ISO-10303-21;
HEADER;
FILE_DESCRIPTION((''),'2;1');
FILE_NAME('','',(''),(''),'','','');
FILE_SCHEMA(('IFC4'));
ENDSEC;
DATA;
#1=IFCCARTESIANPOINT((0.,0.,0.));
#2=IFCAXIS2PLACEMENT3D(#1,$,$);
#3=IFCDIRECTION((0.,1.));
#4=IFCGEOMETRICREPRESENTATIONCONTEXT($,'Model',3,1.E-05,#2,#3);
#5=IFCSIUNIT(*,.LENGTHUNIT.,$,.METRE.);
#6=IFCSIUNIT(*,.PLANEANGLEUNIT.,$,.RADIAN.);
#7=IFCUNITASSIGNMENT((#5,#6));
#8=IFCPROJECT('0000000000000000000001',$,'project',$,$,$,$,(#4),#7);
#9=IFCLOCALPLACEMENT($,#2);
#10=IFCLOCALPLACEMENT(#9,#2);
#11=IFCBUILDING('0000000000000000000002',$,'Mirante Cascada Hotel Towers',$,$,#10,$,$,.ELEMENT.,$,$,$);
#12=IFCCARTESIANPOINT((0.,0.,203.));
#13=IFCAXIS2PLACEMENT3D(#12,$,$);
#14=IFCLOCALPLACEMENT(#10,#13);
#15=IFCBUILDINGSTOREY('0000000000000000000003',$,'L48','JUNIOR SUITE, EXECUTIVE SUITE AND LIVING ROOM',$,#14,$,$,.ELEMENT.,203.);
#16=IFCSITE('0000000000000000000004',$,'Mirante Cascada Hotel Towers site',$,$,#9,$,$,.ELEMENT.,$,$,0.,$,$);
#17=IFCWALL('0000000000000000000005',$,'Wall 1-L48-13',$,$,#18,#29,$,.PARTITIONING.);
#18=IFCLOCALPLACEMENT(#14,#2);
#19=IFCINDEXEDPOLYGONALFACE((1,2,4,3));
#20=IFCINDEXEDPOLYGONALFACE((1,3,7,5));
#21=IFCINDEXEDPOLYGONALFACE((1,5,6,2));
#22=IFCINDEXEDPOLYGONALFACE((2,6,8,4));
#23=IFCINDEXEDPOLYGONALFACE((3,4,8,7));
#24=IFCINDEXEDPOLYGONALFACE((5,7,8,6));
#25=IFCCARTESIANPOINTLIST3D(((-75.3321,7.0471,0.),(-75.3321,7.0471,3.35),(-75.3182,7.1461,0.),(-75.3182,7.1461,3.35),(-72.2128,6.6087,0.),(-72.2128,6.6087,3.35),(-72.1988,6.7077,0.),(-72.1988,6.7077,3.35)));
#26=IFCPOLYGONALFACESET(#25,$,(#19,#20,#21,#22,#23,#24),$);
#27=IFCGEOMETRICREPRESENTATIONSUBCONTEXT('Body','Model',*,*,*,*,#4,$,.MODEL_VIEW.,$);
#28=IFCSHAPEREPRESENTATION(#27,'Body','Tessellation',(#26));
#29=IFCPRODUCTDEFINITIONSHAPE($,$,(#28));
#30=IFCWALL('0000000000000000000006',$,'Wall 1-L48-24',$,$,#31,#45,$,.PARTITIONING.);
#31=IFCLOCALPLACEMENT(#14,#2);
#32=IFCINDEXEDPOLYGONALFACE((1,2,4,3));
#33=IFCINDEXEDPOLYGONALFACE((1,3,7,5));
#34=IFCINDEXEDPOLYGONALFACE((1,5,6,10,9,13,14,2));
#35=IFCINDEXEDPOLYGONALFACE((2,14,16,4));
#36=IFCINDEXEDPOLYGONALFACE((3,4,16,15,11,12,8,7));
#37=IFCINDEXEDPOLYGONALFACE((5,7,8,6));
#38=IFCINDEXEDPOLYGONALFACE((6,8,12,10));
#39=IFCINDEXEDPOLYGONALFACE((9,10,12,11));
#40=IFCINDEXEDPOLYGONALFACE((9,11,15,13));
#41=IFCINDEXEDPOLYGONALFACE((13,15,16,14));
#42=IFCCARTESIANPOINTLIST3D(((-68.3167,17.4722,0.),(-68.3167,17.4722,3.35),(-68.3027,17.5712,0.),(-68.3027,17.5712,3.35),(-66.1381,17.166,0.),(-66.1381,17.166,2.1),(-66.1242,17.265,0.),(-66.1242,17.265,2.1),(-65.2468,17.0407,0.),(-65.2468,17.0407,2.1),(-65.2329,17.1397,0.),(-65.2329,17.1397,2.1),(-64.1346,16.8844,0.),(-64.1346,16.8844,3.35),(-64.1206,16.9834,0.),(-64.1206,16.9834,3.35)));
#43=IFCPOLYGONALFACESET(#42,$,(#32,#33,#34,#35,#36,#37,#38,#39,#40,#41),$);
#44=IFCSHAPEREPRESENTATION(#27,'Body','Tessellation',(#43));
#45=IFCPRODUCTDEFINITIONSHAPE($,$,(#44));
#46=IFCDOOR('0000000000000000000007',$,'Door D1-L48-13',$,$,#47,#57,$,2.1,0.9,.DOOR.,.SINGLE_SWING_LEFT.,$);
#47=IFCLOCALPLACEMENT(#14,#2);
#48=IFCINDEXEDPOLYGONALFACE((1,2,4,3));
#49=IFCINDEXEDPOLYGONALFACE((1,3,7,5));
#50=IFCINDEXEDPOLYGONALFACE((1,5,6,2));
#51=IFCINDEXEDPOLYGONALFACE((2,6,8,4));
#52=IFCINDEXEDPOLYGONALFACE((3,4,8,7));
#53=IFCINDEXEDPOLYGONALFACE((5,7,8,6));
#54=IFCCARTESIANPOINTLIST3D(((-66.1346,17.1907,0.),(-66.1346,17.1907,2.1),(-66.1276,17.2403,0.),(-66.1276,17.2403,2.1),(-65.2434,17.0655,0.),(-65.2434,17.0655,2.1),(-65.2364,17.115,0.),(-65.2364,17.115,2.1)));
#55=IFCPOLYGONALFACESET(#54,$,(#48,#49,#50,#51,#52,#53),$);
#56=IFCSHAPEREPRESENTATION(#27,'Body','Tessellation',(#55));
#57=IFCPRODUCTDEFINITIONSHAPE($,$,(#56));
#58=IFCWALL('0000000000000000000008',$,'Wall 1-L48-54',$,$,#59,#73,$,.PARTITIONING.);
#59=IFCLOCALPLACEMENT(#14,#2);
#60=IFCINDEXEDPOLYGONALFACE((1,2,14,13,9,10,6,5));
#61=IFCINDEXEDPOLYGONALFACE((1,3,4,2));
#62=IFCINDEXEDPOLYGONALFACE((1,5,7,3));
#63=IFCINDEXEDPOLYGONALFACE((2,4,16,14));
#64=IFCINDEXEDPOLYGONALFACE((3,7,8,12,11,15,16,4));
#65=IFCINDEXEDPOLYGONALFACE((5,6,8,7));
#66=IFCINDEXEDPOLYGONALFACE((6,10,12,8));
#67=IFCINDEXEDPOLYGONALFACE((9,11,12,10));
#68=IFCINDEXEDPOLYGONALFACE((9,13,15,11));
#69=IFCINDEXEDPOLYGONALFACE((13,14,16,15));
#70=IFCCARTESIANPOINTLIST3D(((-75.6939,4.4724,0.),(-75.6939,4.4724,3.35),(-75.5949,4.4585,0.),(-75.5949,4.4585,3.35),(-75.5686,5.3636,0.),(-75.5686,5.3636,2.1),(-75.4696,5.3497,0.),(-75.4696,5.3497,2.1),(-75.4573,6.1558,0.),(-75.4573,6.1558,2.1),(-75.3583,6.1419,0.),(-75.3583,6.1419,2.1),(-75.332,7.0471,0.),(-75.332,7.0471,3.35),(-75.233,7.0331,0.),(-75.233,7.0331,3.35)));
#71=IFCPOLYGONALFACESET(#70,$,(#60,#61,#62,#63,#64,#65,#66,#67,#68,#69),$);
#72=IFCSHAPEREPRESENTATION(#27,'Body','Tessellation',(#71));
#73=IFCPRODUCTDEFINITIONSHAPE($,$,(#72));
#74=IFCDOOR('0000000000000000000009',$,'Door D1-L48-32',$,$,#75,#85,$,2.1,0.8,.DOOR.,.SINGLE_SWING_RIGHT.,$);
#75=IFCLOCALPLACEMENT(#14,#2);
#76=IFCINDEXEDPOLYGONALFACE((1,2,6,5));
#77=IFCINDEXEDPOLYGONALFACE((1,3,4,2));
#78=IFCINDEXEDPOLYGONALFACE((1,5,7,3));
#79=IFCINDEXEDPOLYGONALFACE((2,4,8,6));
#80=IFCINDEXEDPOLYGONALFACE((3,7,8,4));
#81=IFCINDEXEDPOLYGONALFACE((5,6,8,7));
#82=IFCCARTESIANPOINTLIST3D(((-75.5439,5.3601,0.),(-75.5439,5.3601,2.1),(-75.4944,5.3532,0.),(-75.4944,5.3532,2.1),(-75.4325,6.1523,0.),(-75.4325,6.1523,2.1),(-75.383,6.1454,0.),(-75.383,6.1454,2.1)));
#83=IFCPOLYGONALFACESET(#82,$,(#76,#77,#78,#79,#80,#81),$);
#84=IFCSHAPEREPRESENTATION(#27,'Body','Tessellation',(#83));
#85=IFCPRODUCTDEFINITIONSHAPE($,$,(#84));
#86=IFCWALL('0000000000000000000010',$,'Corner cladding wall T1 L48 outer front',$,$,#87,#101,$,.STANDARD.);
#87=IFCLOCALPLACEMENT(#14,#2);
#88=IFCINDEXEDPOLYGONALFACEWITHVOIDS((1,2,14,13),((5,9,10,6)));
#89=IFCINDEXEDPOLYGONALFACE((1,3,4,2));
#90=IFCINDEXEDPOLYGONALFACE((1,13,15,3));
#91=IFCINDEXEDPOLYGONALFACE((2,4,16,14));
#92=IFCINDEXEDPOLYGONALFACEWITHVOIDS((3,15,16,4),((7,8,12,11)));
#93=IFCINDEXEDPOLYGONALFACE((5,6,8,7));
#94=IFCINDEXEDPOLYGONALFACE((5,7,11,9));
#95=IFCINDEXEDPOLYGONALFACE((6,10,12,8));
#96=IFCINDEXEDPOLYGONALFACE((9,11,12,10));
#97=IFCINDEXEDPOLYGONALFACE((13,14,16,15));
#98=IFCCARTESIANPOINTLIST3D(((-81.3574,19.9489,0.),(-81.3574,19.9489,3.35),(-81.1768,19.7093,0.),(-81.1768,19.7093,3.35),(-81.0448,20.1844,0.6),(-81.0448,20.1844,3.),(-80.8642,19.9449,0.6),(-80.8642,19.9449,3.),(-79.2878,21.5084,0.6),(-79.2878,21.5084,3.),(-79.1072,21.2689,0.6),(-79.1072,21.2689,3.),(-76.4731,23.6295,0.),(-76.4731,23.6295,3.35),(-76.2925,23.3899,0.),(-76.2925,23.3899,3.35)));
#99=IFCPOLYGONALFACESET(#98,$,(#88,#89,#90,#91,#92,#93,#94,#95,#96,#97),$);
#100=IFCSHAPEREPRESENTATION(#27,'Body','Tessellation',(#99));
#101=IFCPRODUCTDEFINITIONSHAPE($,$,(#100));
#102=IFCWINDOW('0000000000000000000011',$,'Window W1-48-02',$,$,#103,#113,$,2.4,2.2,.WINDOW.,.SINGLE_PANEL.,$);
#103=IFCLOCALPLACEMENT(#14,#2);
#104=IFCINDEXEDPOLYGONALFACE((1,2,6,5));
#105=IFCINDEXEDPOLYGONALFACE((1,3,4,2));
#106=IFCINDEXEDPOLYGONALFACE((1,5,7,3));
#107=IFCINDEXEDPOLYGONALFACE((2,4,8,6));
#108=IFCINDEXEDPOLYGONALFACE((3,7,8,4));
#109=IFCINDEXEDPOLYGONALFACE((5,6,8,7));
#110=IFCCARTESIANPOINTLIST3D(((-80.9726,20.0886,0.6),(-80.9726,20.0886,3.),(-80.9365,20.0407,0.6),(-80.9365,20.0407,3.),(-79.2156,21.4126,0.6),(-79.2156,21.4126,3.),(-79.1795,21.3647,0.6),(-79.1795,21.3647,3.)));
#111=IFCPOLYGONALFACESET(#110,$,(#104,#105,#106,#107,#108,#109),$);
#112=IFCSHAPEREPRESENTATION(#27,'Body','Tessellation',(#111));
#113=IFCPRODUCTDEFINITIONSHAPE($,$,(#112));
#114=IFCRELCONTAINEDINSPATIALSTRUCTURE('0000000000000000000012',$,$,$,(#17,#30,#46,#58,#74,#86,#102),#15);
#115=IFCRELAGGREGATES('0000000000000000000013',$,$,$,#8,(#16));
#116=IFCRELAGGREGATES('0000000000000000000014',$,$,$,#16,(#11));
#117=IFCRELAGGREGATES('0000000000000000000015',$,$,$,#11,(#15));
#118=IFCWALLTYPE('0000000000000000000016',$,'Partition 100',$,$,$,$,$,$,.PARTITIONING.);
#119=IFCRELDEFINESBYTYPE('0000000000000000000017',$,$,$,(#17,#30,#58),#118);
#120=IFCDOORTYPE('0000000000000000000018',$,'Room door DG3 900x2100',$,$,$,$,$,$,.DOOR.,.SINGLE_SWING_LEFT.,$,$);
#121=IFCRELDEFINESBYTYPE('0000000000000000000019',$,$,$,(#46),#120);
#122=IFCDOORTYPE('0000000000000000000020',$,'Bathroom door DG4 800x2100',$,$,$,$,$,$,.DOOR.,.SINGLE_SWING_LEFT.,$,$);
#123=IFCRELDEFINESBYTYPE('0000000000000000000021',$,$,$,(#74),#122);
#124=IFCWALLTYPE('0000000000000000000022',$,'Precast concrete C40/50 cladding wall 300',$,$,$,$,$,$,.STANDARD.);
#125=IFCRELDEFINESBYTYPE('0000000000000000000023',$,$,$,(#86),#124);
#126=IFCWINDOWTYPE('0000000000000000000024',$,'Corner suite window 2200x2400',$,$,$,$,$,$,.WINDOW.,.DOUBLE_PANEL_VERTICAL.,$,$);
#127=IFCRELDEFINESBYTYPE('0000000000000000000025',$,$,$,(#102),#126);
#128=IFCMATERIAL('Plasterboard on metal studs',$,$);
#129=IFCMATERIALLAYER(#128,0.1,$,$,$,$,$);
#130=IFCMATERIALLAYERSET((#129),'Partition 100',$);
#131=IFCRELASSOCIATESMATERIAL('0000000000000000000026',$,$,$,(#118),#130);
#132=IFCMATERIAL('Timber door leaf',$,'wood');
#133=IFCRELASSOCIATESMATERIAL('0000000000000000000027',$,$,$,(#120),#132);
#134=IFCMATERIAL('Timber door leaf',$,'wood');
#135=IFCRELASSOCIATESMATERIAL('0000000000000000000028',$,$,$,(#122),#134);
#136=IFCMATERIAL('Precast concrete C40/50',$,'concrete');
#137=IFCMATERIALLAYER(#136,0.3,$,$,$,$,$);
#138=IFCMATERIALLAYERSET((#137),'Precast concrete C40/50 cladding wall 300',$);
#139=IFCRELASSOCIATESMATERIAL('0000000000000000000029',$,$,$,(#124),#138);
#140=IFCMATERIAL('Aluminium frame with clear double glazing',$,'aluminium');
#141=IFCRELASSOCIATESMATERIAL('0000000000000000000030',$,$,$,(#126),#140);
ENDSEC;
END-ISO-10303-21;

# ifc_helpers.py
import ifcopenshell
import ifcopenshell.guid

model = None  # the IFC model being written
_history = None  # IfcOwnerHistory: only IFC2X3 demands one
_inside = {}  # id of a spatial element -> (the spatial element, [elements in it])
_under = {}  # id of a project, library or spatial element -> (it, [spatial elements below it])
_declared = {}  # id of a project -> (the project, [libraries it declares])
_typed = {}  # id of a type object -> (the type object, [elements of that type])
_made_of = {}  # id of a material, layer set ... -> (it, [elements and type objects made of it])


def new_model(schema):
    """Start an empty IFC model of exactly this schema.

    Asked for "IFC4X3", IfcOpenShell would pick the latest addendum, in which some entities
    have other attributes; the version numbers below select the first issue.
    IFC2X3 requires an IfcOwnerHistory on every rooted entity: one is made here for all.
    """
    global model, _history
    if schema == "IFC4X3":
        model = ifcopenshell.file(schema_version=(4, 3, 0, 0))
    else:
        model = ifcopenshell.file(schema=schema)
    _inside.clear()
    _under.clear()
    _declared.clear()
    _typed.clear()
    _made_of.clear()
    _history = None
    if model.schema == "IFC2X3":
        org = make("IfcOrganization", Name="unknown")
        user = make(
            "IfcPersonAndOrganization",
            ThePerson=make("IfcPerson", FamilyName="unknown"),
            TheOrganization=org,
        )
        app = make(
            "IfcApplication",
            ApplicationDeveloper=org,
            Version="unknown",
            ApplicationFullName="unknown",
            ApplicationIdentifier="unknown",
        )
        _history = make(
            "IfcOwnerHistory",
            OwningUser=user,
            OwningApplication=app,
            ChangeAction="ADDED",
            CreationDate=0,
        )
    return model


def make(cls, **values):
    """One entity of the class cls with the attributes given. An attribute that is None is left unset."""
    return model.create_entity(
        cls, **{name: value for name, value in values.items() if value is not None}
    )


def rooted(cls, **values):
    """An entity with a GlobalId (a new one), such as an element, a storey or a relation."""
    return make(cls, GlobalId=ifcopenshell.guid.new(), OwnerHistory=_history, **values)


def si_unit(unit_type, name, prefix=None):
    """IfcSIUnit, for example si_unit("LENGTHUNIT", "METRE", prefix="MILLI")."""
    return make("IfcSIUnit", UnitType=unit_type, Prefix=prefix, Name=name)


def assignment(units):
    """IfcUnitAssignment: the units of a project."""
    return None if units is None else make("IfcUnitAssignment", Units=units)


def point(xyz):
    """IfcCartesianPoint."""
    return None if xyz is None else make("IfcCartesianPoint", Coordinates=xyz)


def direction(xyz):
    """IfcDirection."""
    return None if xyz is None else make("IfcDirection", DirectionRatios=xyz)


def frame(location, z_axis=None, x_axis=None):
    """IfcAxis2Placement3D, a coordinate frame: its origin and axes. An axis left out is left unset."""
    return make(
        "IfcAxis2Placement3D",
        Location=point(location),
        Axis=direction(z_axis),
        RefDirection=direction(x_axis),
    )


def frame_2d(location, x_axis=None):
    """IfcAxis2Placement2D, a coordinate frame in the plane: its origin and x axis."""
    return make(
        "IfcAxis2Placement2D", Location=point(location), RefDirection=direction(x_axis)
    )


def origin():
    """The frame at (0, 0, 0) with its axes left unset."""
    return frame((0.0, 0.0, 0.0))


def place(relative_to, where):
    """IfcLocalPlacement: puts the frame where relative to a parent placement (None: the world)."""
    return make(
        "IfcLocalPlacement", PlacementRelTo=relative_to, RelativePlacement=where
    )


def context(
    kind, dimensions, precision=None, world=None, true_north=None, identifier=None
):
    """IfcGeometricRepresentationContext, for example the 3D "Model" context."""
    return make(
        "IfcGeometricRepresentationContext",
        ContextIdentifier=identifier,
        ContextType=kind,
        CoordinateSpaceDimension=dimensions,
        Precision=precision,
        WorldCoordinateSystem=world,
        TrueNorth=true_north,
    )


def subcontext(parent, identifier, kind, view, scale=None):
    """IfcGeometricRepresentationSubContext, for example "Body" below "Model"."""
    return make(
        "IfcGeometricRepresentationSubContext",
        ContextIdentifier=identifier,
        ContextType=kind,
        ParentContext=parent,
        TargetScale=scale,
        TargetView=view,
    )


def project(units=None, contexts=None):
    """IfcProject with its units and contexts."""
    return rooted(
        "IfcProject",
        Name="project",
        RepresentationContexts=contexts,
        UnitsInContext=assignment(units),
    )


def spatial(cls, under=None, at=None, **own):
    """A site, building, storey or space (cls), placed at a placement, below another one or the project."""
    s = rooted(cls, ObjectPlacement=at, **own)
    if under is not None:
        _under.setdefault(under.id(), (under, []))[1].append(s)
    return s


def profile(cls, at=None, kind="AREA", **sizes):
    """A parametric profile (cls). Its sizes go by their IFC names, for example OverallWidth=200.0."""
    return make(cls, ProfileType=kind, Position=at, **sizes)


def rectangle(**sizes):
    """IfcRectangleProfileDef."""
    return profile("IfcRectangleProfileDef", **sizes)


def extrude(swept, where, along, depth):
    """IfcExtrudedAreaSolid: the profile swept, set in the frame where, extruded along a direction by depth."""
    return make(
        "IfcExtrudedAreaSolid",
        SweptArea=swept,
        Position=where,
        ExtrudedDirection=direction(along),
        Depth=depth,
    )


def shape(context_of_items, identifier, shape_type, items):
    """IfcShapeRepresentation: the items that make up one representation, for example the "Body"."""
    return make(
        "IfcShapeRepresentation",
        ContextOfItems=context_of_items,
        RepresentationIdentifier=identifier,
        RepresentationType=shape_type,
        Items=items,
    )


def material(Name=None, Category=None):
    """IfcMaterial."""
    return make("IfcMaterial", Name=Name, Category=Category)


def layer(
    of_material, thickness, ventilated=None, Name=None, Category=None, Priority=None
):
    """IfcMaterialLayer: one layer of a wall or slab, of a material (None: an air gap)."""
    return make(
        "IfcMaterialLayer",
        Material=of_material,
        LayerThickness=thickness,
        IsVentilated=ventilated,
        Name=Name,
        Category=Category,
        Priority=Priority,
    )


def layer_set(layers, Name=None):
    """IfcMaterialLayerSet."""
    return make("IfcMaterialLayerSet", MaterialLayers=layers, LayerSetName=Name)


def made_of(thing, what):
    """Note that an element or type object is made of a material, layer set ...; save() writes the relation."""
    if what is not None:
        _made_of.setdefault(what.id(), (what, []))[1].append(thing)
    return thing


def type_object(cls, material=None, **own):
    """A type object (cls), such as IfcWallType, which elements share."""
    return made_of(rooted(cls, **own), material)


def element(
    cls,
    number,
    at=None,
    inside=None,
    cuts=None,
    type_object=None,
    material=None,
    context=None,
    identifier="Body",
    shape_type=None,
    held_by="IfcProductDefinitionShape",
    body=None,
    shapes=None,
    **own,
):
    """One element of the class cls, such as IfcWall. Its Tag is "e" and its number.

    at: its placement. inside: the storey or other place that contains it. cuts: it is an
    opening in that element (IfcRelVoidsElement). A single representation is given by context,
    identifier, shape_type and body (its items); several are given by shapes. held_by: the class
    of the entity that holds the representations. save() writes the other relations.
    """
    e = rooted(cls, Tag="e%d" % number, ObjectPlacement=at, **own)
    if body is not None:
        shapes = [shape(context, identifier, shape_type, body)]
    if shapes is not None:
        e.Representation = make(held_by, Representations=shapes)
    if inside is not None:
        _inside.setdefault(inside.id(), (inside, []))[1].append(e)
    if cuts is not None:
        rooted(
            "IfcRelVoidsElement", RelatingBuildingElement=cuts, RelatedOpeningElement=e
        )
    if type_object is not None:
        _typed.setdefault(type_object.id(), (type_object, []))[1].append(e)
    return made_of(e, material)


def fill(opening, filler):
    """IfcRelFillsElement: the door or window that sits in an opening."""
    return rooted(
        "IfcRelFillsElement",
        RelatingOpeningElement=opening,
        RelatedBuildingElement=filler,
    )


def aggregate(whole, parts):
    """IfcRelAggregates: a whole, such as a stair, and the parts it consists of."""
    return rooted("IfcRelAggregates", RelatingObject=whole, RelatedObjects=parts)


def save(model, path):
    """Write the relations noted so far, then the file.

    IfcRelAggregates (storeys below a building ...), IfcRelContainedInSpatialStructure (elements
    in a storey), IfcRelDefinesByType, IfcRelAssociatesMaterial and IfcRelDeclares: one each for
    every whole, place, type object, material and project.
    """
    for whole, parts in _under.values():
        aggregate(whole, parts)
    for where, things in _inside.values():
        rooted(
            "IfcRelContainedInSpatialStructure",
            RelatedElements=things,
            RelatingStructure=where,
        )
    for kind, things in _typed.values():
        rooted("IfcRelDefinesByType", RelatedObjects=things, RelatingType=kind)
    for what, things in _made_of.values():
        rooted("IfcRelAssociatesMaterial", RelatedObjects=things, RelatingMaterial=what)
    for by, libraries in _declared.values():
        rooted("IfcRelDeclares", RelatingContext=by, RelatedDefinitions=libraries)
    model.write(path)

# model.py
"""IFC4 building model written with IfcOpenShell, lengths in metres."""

from ifc_helpers import new_model, si_unit, direction, frame, frame_2d, origin, place, context, subcontext, project, spatial, rectangle, extrude, material, layer, layer_set, type_object, element, fill, save


model = new_model("IFC4")

# Units and contexts
model_context = context("Model", 3, precision=1e-05, world=origin(), true_north=direction((0.0, 1.0)))
body_context = subcontext(model_context, "Body", "Model", "MODEL_VIEW")
ifc_project = project(units=[si_unit("LENGTHUNIT", "METRE"), si_unit("PLANEANGLEUNIT", "RADIAN")], contexts=[model_context])

# Site, building, storey
site_placement = place(None, origin())
site = spatial("IfcSite", under=ifc_project, at=site_placement, Name="Mirante Cascada Hotel Towers site", CompositionType="ELEMENT", RefElevation=0.0)
building_placement = place(site_placement, origin())
building = spatial("IfcBuilding", under=site, at=building_placement, Name="Mirante Cascada Hotel Towers", CompositionType="ELEMENT")
storey_placement = place(building_placement, frame((0.0, 0.0, 203.0)))
storey = spatial("IfcBuildingStorey", under=building, at=storey_placement, Name="L48", Description="JUNIOR SUITE, EXECUTIVE SUITE AND LIVING ROOM", CompositionType="ELEMENT", Elevation=203.0)

# Wall
ifc_material_1 = material(Name="Plasterboard on metal studs")
ifc_layer_1 = layer(ifc_material_1, 0.1)
ifc_layer_set_1 = layer_set([ifc_layer_1], Name="Partition 100")
wall_type_1 = type_object("IfcWallType", Name="Partition 100", PredefinedType="PARTITIONING", material=ifc_layer_set_1)
wall_1_placement = place(storey_placement, frame((-72.2058, 6.6582, 0.0), z_axis=(0.0, 0.0, 1.0), x_axis=(-0.990268, 0.139177, 0.0)))
element("IfcWall", 1, at=wall_1_placement, inside=storey, type_object=wall_type_1, Name="Wall 1-L48-13", PredefinedType="PARTITIONING", context=body_context, shape_type="SweptSolid", body=[
    extrude(rectangle(XDim=3.15, YDim=0.1, at=frame_2d((1.575, 0.0))), origin(), (0.0, 0.0, 1.0), 3.35),
])

# Walls, openings, doors
wall_2_placement = place(storey_placement, frame((-68.3097, 17.5217, 0.0), z_axis=(0.0, 0.0, 1.0), x_axis=(0.990267, -0.139183, 0.0)))
wall_2 = element("IfcWall", 2, at=wall_2_placement, inside=storey, type_object=wall_type_1, Name="Wall 1-L48-24", PredefinedType="PARTITIONING", context=body_context, shape_type="SweptSolid", body=[
    extrude(rectangle(XDim=4.2232, YDim=0.1, at=frame_2d((2.1116, 0.0))), origin(), (0.0, 0.0, 1.0), 3.35),
])
opening_1_placement = place(wall_2_placement, frame((2.2, 0.0, 0.0)))
opening_1 = element("IfcOpeningElement", 3, at=opening_1_placement, cuts=wall_2, PredefinedType="OPENING", context=body_context, shape_type="SweptSolid", body=[
    extrude(rectangle(XDim=0.9, YDim=2.1, at=frame_2d((0.45, 1.05))), frame((0.0, 0.05, 0.0), z_axis=(0.0, -1.0, 0.0), x_axis=(1.0, 0.0, 0.0)), (0.0, 0.0, 1.0), 0.1),
])
ifc_material_2 = material(Name="Timber door leaf", Category="wood")
door_type_1 = type_object("IfcDoorType", Name="Room door DG3 900x2100", OperationType="SINGLE_SWING_LEFT", PredefinedType="DOOR", material=ifc_material_2)
door_1_placement = place(opening_1_placement, origin())
door_1 = element("IfcDoor", 4, at=door_1_placement, inside=storey, type_object=door_type_1, Name="Door D1-L48-13", OperationType="SINGLE_SWING_LEFT", OverallHeight=2.1, OverallWidth=0.9, PredefinedType="DOOR", context=body_context, shape_type="SweptSolid", body=[
    extrude(rectangle(XDim=0.9, YDim=2.1, at=frame_2d((0.45, 1.05))), frame((0.0, 0.025, 0.0), z_axis=(0.0, -1.0, 0.0), x_axis=(1.0, 0.0, 0.0)), (0.0, 0.0, 1.0), 0.05),
])
fill(opening_1, door_1)
wall_3_placement = place(storey_placement, frame((-75.2825, 7.0401, 0.0), z_axis=(0.0, 0.0, 1.0), x_axis=(-0.139192, -0.990265, 0.0)))
wall_3 = element("IfcWall", 5, at=wall_3_placement, inside=storey, type_object=wall_type_1, Name="Wall 1-L48-54", PredefinedType="PARTITIONING", context=body_context, shape_type="SweptSolid", body=[
    extrude(rectangle(XDim=2.6, YDim=0.1, at=frame_2d((1.3, 0.0))), origin(), (0.0, 0.0, 1.0), 3.35),
])
opening_2_placement = place(wall_3_placement, frame((0.9, 0.0, 0.0)))
opening_2 = element("IfcOpeningElement", 6, at=opening_2_placement, cuts=wall_3, PredefinedType="OPENING", context=body_context, shape_type="SweptSolid", body=[
    extrude(rectangle(XDim=0.8, YDim=2.1, at=frame_2d((0.4, 1.05))), frame((0.0, 0.05, 0.0), z_axis=(0.0, -1.0, 0.0), x_axis=(1.0, 0.0, 0.0)), (0.0, 0.0, 1.0), 0.1),
])
ifc_material_3 = material(Name="Timber door leaf", Category="wood")
door_type_2 = type_object("IfcDoorType", Name="Bathroom door DG4 800x2100", OperationType="SINGLE_SWING_LEFT", PredefinedType="DOOR", material=ifc_material_3)
door_2_placement = place(opening_2_placement, frame((0.8, 0.0, 0.0), z_axis=(0.0, 0.0, 1.0), x_axis=(-1.0, 0.0, 0.0)))
door_2 = element("IfcDoor", 7, at=door_2_placement, inside=storey, type_object=door_type_2, Name="Door D1-L48-32", OperationType="SINGLE_SWING_RIGHT", OverallHeight=2.1, OverallWidth=0.8, PredefinedType="DOOR", context=body_context, shape_type="SweptSolid", body=[
    extrude(rectangle(XDim=0.8, YDim=2.1, at=frame_2d((0.4, 1.05))), frame((0.0, 0.025, 0.0), z_axis=(0.0, -1.0, 0.0), x_axis=(1.0, 0.0, 0.0)), (0.0, 0.0, 1.0), 0.05),
])
fill(opening_2, door_2)

# Wall, opening, window
ifc_material_4 = material(Name="Precast concrete C40/50", Category="concrete")
ifc_layer_2 = layer(ifc_material_4, 0.3)
ifc_layer_set_2 = layer_set([ifc_layer_2], Name="Precast concrete C40/50 cladding wall 300")
wall_type_2 = type_object("IfcWallType", Name="Precast concrete C40/50 cladding wall 300", PredefinedType="STANDARD", material=ifc_layer_set_2)
wall_4_placement = place(storey_placement, frame((-81.2671, 19.8291, 0.0), z_axis=(0.0, 0.0, 1.0), x_axis=(0.798634, 0.601817, 0.0)))
wall_4 = element("IfcWall", 8, at=wall_4_placement, inside=storey, type_object=wall_type_2, Name="Corner cladding wall T1 L48 outer front", PredefinedType="STANDARD", context=body_context, shape_type="SweptSolid", body=[
    extrude(rectangle(XDim=6.1158, YDim=0.3, at=frame_2d((3.0579, 0.0))), origin(), (0.0, 0.0, 1.0), 3.35),
])
opening_3_placement = place(wall_4_placement, frame((0.3914, 0.0, 0.6)))
opening_3 = element("IfcOpeningElement", 9, at=opening_3_placement, cuts=wall_4, PredefinedType="OPENING", context=body_context, shape_type="SweptSolid", body=[
    extrude(rectangle(XDim=2.2, YDim=2.4, at=frame_2d((1.1, 1.2))), frame((0.0, 0.15, 0.0), z_axis=(0.0, -1.0, 0.0), x_axis=(1.0, 0.0, 0.0)), (0.0, 0.0, 1.0), 0.3),
])
ifc_material_5 = material(Name="Aluminium frame with clear double glazing", Category="aluminium")
window_type = type_object("IfcWindowType", Name="Corner suite window 2200x2400", PartitioningType="DOUBLE_PANEL_VERTICAL", PredefinedType="WINDOW", material=ifc_material_5)
window_placement = place(opening_3_placement, origin())
window = element("IfcWindow", 10, at=window_placement, inside=storey, type_object=window_type, Name="Window W1-48-02", OverallHeight=2.4, OverallWidth=2.2, PartitioningType="SINGLE_PANEL", PredefinedType="WINDOW", context=body_context, shape_type="SweptSolid", body=[
    extrude(rectangle(XDim=2.2, YDim=2.4, at=frame_2d((1.1, 1.2))), frame((0.0, 0.03, 0.0), z_axis=(0.0, -1.0, 0.0), x_axis=(1.0, 0.0, 0.0)), (0.0, 0.0, 1.0), 0.06),
])
fill(opening_3, window)

save(model, "model.ifc")
